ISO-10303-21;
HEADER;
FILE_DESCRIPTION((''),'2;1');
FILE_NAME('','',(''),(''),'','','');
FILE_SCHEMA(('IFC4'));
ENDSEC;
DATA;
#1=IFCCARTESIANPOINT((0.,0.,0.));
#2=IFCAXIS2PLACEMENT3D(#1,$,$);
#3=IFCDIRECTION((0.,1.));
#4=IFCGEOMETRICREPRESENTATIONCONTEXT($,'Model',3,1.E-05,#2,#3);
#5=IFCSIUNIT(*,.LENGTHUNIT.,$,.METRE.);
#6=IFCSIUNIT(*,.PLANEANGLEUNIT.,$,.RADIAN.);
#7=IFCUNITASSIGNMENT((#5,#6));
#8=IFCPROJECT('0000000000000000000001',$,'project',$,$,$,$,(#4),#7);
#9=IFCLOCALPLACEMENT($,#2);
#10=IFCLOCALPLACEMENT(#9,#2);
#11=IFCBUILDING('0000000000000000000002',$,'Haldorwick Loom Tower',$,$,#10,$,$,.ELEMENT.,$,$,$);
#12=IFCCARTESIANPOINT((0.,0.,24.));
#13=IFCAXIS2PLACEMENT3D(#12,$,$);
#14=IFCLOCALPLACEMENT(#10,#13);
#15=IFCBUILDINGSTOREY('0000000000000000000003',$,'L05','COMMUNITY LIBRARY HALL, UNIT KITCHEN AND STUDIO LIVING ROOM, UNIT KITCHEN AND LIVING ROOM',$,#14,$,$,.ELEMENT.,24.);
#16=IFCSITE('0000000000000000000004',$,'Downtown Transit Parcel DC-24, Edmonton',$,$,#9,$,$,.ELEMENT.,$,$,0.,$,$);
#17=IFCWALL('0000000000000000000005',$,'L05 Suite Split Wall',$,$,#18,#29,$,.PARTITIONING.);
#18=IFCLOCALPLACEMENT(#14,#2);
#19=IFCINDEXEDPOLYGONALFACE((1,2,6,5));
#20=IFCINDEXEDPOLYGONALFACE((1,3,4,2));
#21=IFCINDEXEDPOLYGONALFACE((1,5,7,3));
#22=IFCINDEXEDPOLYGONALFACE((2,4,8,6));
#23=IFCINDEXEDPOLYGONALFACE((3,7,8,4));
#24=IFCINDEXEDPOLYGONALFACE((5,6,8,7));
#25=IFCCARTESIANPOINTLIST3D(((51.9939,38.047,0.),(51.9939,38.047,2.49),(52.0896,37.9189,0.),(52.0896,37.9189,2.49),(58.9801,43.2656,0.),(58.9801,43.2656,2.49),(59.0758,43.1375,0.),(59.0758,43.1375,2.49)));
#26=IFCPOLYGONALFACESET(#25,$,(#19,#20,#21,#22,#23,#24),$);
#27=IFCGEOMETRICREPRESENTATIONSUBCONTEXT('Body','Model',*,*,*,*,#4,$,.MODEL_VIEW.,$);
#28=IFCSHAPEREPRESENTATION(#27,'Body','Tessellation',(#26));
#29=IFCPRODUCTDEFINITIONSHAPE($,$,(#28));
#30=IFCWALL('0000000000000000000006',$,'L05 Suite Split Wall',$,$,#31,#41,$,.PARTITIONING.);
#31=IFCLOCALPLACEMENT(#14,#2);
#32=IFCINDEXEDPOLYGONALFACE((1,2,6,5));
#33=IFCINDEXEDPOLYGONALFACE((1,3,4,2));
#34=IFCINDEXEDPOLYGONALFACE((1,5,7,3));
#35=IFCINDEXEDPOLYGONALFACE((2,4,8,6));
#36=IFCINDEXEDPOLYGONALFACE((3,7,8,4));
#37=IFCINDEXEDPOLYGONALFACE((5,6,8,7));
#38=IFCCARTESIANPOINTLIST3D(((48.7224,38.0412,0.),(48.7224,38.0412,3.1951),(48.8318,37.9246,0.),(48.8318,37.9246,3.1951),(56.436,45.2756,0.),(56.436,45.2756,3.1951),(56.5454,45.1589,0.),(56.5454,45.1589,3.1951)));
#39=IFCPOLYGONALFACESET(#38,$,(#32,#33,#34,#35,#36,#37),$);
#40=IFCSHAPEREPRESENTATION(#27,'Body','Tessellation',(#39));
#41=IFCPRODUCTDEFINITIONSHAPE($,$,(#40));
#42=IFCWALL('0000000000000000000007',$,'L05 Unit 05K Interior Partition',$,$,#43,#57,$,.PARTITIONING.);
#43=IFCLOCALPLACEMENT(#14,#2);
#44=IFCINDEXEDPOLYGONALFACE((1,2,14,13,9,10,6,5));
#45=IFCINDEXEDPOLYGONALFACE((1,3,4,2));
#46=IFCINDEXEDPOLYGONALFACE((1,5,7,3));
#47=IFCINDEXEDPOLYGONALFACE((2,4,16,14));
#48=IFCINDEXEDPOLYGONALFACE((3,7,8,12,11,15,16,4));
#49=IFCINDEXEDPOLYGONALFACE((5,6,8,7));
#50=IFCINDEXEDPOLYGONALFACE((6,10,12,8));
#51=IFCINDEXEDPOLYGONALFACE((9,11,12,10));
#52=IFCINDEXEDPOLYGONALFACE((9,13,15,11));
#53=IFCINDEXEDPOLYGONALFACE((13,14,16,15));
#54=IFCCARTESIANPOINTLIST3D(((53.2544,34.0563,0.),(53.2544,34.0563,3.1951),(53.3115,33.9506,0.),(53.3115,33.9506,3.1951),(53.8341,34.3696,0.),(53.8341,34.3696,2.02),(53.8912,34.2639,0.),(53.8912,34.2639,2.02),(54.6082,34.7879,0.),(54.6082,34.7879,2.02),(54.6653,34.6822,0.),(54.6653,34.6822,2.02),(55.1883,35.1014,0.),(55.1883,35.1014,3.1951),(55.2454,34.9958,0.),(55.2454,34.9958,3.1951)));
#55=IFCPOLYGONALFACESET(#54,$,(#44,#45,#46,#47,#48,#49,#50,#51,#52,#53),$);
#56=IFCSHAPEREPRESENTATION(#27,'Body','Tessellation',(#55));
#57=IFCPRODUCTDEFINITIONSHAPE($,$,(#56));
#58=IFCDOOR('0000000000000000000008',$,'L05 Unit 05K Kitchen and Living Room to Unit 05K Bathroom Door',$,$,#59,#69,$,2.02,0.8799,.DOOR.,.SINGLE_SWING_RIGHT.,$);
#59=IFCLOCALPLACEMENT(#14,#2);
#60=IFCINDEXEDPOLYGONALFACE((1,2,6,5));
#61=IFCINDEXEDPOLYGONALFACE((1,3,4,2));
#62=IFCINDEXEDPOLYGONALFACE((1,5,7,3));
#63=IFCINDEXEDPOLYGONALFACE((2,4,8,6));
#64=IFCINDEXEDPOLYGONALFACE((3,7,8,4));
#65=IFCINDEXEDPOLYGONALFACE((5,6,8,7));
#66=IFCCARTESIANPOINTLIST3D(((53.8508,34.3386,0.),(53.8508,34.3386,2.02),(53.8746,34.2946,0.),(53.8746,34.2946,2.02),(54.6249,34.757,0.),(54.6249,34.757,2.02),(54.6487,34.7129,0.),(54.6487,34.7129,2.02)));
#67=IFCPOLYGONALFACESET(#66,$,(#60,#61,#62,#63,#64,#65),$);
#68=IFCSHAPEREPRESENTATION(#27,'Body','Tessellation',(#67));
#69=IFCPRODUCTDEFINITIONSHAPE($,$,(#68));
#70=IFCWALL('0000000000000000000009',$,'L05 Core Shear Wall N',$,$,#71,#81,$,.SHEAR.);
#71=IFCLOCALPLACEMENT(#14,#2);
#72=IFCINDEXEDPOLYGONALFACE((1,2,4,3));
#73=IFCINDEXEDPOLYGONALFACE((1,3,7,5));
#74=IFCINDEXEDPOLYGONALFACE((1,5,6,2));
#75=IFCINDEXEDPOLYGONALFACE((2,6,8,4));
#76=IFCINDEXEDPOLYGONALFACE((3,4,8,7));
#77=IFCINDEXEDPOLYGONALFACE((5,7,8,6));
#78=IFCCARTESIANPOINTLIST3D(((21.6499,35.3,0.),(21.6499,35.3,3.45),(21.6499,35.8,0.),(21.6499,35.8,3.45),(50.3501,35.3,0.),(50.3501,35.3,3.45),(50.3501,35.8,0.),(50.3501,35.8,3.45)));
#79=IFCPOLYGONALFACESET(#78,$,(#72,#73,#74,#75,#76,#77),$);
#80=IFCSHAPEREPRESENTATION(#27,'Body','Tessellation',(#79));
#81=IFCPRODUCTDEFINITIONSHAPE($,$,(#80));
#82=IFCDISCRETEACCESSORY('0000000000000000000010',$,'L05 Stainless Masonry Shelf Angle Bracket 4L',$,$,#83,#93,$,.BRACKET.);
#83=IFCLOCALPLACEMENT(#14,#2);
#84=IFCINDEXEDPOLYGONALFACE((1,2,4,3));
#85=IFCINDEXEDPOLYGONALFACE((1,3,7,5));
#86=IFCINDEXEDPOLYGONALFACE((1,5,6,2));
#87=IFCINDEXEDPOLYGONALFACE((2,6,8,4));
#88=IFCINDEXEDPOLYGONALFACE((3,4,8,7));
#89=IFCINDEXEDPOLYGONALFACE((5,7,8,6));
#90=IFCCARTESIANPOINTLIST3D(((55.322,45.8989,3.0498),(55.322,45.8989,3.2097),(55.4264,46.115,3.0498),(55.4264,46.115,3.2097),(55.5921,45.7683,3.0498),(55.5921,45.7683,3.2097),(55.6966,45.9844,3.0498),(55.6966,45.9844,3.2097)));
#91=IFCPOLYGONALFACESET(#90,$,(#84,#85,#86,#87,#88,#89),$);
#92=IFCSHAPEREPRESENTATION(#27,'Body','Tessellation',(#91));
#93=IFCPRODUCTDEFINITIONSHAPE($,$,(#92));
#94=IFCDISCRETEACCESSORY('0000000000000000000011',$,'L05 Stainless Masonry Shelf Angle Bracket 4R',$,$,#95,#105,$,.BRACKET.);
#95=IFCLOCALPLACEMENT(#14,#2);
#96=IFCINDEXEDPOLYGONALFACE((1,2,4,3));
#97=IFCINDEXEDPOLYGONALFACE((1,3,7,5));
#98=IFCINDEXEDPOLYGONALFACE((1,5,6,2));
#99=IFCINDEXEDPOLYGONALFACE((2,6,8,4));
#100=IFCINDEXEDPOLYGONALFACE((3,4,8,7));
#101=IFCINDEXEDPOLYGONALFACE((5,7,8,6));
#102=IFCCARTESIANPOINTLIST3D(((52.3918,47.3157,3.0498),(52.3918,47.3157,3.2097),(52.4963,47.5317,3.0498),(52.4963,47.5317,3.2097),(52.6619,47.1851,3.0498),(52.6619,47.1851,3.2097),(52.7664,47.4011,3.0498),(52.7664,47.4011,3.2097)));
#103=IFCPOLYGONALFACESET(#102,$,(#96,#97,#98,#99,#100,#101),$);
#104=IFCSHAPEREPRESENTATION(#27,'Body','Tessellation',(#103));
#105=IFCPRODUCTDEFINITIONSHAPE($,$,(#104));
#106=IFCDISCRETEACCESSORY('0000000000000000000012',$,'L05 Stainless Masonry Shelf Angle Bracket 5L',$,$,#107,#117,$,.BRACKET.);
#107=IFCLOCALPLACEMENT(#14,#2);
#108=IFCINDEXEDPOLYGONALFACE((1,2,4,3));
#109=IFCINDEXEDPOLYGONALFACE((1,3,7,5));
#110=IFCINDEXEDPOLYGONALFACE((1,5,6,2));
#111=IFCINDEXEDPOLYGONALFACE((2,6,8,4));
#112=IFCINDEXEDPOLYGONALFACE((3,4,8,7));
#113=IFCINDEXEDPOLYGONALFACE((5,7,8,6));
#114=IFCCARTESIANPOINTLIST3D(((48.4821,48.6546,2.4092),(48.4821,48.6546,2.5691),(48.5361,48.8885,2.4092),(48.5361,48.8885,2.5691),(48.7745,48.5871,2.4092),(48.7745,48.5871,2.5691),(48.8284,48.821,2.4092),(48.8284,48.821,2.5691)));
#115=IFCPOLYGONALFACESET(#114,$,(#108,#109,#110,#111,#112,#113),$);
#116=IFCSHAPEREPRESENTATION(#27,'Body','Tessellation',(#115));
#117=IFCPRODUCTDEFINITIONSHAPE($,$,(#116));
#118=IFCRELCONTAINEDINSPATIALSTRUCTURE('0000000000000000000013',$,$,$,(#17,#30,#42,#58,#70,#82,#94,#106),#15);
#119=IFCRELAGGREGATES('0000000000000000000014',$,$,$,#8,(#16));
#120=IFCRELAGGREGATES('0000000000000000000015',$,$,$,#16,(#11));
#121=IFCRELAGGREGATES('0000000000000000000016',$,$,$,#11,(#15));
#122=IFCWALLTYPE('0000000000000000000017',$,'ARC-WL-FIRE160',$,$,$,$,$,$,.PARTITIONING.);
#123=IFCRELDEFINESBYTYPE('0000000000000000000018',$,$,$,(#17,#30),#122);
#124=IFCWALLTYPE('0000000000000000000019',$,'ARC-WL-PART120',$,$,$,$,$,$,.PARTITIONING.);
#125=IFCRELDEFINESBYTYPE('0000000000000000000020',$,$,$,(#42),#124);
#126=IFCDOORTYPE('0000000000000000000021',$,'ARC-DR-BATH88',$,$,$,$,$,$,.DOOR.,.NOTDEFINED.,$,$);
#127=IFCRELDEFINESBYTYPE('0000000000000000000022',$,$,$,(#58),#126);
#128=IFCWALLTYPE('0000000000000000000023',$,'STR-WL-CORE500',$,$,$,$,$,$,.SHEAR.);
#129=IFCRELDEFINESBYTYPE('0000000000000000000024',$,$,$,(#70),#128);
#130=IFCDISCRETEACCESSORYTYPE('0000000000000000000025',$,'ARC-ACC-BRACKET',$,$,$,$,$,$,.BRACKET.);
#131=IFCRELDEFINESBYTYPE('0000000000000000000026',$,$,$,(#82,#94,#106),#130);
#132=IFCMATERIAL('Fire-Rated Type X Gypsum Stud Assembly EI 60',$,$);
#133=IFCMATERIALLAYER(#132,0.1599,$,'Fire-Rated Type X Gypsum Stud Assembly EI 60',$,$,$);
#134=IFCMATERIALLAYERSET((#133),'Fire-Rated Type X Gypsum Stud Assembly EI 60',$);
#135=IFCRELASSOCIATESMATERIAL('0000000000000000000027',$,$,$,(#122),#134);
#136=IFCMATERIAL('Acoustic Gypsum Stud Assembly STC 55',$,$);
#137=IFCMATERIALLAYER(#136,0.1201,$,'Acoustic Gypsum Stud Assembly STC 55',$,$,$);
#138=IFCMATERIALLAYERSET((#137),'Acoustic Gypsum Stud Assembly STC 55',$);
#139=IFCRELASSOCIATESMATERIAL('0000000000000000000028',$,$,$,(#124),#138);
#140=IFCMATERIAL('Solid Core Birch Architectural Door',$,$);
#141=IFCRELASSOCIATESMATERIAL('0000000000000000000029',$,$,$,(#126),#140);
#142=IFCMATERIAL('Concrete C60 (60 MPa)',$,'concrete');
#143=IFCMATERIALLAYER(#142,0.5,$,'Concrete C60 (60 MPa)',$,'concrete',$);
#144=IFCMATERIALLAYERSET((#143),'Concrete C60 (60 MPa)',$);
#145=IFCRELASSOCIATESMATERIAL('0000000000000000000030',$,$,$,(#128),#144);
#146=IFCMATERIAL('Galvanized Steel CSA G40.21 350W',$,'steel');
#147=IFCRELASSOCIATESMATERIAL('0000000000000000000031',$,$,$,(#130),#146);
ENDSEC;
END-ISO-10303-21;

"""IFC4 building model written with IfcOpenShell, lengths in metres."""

from ifc_helpers import new_model, si_unit, direction, frame, frame_2d, origin, origin_2d, place, context, subcontext, project, spatial, rectangle, extrude, material, layer, layer_set, type_object, element, fill, save


model = new_model("IFC4")

# Units and contexts
model_context = context("Model", 3, precision=1e-05, world=origin(), true_north=direction((0.0, 1.0)))
body_context = subcontext(model_context, "Body", "Model", "MODEL_VIEW")
ifc_project = project(units=[si_unit("LENGTHUNIT", "METRE"), si_unit("PLANEANGLEUNIT", "RADIAN")], contexts=[model_context])

# Site, building, storey
site_placement = place(None, origin())
site = spatial("IfcSite", under=ifc_project, at=site_placement, Name="Downtown Transit Parcel DC-24, Edmonton", CompositionType="ELEMENT", RefElevation=0.0)
building_placement = place(site_placement, origin())
building = spatial("IfcBuilding", under=site, at=building_placement, Name="Haldorwick Loom Tower", CompositionType="ELEMENT")
storey_placement = place(building_placement, frame((0.0, 0.0, 24.0)))
storey = spatial("IfcBuildingStorey", under=building, at=storey_placement, Name="L05", Description="COMMUNITY LIBRARY HALL, UNIT KITCHEN AND STUDIO LIVING ROOM, UNIT KITCHEN AND LIVING ROOM", CompositionType="ELEMENT", Elevation=24.0)

# Shared definitions
ifc_material_1 = material(Name="Concrete C60 (60 MPa)", Category="concrete")

# Walls
ifc_material_2 = material(Name="Fire-Rated Type X Gypsum Stud Assembly EI 60")
ifc_layer_1 = layer(ifc_material_2, 0.1599, Name="Fire-Rated Type X Gypsum Stud Assembly EI 60")
ifc_layer_set_1 = layer_set([ifc_layer_1], Name="Fire-Rated Type X Gypsum Stud Assembly EI 60")
wall_type_1 = type_object("IfcWallType", Name="ARC-WL-FIRE160", PredefinedType="PARTITIONING", material=ifc_layer_set_1)
wall_1_placement = place(storey_placement, frame((52.0417, 37.9829, 0.0), z_axis=(0.0, 0.0, 1.0), x_axis=(0.801154, 0.598458, 0.0)))
element("IfcWall", 1, at=wall_1_placement, inside=storey, type_object=wall_type_1, Name="L05 Suite Split Wall", PredefinedType="PARTITIONING", context=body_context, shape_type="SweptSolid", body=[
    extrude(rectangle(XDim=8.7202, YDim=0.1599, at=frame_2d((4.3601, 0.0))), origin(), (0.0, 0.0, 1.0), 2.49),
])
wall_2_placement = place(storey_placement, frame((48.7771, 37.9829, 0.0), z_axis=(0.0, 0.0, 1.0), x_axis=(0.729403, 0.684085, 0.0)))
element("IfcWall", 2, at=wall_2_placement, inside=storey, type_object=wall_type_1, Name="L05 Suite Split Wall", PredefinedType="PARTITIONING", context=body_context, shape_type="SweptSolid", body=[
    extrude(rectangle(XDim=10.5752, YDim=0.1599, at=frame_2d((5.2876, 0.0))), origin(), (0.0, 0.0, 1.0), 3.1951),
])

# Wall, opening, door
ifc_material_3 = material(Name="Acoustic Gypsum Stud Assembly STC 55")
ifc_layer_2 = layer(ifc_material_3, 0.1201, Name="Acoustic Gypsum Stud Assembly STC 55")
ifc_layer_set_2 = layer_set([ifc_layer_2], Name="Acoustic Gypsum Stud Assembly STC 55")
wall_type_2 = type_object("IfcWallType", Name="ARC-WL-PART120", PredefinedType="PARTITIONING", material=ifc_layer_set_2)
wall_3_placement = place(storey_placement, frame((53.283, 34.0034, 0.0), z_axis=(0.0, 0.0, 1.0), x_axis=(0.879735, 0.475464, 0.0)))
wall_3 = element("IfcWall", 3, at=wall_3_placement, inside=storey, type_object=wall_type_2, Name="L05 Unit 05K Interior Partition", PredefinedType="PARTITIONING", context=body_context, shape_type="SweptSolid", body=[
    extrude(rectangle(XDim=2.1982, YDim=0.1201, at=frame_2d((1.0991, 0.0))), origin(), (0.0, 0.0, 1.0), 3.1951),
])
opening_placement = place(wall_3_placement, frame((0.6589, 0.0, 0.0)))
opening = element("IfcOpeningElement", 4, at=opening_placement, cuts=wall_3, PredefinedType="OPENING", context=body_context, shape_type="SweptSolid", body=[
    extrude(rectangle(XDim=0.8799, YDim=2.02, at=frame_2d((0.4399, 1.01))), frame((0.0, 0.0701, 0.0), z_axis=(0.0, -1.0, 0.0), x_axis=(1.0, 0.0, 0.0)), (0.0, 0.0, 1.0), 0.1401),
])
ifc_material_4 = material(Name="Solid Core Birch Architectural Door")
door_type = type_object("IfcDoorType", Name="ARC-DR-BATH88", OperationType="NOTDEFINED", PredefinedType="DOOR", material=ifc_material_4)
door_placement = place(opening_placement, origin())
door = element("IfcDoor", 5, at=door_placement, inside=storey, type_object=door_type, Name="L05 Unit 05K Kitchen and Living Room to Unit 05K Bathroom Door", OperationType="SINGLE_SWING_RIGHT", OverallHeight=2.02, OverallWidth=0.8799, PredefinedType="DOOR", context=body_context, shape_type="SweptSolid", body=[
    extrude(rectangle(XDim=0.8799, YDim=2.02, at=frame_2d((0.4399, 1.01))), frame((0.0, 0.0249, 0.0), z_axis=(0.0, -1.0, 0.0), x_axis=(1.0, 0.0, 0.0)), (0.0, 0.0, 1.0), 0.05),
])
fill(opening, door)

# Wall
ifc_layer_3 = layer(ifc_material_1, 0.5, Name="Concrete C60 (60 MPa)", Category="concrete")
ifc_layer_set_3 = layer_set([ifc_layer_3], Name="Concrete C60 (60 MPa)")
wall_type_3 = type_object("IfcWallType", Name="STR-WL-CORE500", PredefinedType="SHEAR", material=ifc_layer_set_3)
wall_4_placement = place(storey_placement, frame((50.3501, 35.55, 0.0), z_axis=(0.0, 0.0, 1.0), x_axis=(-1.0, 0.0, 0.0)))
element("IfcWall", 6, at=wall_4_placement, inside=storey, type_object=wall_type_3, Name="L05 Core Shear Wall N", PredefinedType="SHEAR", context=body_context, shape_type="SweptSolid", body=[
    extrude(rectangle(XDim=28.7002, YDim=0.5, at=frame_2d((14.3501, 0.0))), origin(), (0.0, 0.0, 1.0), 3.45),
])

# Discrete accessories
ifc_material_5 = material(Name="Galvanized Steel CSA G40.21 350W", Category="steel")
discrete_accessory_type = type_object("IfcDiscreteAccessoryType", Name="ARC-ACC-BRACKET", PredefinedType="BRACKET", material=ifc_material_5)
for number, where, z_axis, x_axis, name in (
    (7, (55.5093, 45.9417, 3.0498), (0.0, 0.0, 1.0), (-0.900319, 0.435231, 0.0), "L05 Stainless Masonry Shelf Angle Bracket 4L"),
    (8, (52.5791, 47.3584, 3.0498), (0.0, 0.0, 1.0), (-0.900319, 0.435231, 0.0), "L05 Stainless Masonry Shelf Angle Bracket 4R"),
    (9, (48.6553, 48.7378, 2.4092), (0.0, 0.0, 1.0), (-0.97437, 0.224951, 0.0), "L05 Stainless Masonry Shelf Angle Bracket 5L"),
):
    element("IfcDiscreteAccessory", number, at=place(storey_placement, frame(where, z_axis=z_axis, x_axis=x_axis)), inside=storey, type_object=discrete_accessory_type, Name=name, PredefinedType="BRACKET", context=body_context, shape_type="SweptSolid", body=[
        extrude(rectangle(XDim=0.3, YDim=0.24, at=origin_2d()), origin(), (0.0, 0.0, 1.0), 0.1599),
    ])

save(model, "model.ifc")
